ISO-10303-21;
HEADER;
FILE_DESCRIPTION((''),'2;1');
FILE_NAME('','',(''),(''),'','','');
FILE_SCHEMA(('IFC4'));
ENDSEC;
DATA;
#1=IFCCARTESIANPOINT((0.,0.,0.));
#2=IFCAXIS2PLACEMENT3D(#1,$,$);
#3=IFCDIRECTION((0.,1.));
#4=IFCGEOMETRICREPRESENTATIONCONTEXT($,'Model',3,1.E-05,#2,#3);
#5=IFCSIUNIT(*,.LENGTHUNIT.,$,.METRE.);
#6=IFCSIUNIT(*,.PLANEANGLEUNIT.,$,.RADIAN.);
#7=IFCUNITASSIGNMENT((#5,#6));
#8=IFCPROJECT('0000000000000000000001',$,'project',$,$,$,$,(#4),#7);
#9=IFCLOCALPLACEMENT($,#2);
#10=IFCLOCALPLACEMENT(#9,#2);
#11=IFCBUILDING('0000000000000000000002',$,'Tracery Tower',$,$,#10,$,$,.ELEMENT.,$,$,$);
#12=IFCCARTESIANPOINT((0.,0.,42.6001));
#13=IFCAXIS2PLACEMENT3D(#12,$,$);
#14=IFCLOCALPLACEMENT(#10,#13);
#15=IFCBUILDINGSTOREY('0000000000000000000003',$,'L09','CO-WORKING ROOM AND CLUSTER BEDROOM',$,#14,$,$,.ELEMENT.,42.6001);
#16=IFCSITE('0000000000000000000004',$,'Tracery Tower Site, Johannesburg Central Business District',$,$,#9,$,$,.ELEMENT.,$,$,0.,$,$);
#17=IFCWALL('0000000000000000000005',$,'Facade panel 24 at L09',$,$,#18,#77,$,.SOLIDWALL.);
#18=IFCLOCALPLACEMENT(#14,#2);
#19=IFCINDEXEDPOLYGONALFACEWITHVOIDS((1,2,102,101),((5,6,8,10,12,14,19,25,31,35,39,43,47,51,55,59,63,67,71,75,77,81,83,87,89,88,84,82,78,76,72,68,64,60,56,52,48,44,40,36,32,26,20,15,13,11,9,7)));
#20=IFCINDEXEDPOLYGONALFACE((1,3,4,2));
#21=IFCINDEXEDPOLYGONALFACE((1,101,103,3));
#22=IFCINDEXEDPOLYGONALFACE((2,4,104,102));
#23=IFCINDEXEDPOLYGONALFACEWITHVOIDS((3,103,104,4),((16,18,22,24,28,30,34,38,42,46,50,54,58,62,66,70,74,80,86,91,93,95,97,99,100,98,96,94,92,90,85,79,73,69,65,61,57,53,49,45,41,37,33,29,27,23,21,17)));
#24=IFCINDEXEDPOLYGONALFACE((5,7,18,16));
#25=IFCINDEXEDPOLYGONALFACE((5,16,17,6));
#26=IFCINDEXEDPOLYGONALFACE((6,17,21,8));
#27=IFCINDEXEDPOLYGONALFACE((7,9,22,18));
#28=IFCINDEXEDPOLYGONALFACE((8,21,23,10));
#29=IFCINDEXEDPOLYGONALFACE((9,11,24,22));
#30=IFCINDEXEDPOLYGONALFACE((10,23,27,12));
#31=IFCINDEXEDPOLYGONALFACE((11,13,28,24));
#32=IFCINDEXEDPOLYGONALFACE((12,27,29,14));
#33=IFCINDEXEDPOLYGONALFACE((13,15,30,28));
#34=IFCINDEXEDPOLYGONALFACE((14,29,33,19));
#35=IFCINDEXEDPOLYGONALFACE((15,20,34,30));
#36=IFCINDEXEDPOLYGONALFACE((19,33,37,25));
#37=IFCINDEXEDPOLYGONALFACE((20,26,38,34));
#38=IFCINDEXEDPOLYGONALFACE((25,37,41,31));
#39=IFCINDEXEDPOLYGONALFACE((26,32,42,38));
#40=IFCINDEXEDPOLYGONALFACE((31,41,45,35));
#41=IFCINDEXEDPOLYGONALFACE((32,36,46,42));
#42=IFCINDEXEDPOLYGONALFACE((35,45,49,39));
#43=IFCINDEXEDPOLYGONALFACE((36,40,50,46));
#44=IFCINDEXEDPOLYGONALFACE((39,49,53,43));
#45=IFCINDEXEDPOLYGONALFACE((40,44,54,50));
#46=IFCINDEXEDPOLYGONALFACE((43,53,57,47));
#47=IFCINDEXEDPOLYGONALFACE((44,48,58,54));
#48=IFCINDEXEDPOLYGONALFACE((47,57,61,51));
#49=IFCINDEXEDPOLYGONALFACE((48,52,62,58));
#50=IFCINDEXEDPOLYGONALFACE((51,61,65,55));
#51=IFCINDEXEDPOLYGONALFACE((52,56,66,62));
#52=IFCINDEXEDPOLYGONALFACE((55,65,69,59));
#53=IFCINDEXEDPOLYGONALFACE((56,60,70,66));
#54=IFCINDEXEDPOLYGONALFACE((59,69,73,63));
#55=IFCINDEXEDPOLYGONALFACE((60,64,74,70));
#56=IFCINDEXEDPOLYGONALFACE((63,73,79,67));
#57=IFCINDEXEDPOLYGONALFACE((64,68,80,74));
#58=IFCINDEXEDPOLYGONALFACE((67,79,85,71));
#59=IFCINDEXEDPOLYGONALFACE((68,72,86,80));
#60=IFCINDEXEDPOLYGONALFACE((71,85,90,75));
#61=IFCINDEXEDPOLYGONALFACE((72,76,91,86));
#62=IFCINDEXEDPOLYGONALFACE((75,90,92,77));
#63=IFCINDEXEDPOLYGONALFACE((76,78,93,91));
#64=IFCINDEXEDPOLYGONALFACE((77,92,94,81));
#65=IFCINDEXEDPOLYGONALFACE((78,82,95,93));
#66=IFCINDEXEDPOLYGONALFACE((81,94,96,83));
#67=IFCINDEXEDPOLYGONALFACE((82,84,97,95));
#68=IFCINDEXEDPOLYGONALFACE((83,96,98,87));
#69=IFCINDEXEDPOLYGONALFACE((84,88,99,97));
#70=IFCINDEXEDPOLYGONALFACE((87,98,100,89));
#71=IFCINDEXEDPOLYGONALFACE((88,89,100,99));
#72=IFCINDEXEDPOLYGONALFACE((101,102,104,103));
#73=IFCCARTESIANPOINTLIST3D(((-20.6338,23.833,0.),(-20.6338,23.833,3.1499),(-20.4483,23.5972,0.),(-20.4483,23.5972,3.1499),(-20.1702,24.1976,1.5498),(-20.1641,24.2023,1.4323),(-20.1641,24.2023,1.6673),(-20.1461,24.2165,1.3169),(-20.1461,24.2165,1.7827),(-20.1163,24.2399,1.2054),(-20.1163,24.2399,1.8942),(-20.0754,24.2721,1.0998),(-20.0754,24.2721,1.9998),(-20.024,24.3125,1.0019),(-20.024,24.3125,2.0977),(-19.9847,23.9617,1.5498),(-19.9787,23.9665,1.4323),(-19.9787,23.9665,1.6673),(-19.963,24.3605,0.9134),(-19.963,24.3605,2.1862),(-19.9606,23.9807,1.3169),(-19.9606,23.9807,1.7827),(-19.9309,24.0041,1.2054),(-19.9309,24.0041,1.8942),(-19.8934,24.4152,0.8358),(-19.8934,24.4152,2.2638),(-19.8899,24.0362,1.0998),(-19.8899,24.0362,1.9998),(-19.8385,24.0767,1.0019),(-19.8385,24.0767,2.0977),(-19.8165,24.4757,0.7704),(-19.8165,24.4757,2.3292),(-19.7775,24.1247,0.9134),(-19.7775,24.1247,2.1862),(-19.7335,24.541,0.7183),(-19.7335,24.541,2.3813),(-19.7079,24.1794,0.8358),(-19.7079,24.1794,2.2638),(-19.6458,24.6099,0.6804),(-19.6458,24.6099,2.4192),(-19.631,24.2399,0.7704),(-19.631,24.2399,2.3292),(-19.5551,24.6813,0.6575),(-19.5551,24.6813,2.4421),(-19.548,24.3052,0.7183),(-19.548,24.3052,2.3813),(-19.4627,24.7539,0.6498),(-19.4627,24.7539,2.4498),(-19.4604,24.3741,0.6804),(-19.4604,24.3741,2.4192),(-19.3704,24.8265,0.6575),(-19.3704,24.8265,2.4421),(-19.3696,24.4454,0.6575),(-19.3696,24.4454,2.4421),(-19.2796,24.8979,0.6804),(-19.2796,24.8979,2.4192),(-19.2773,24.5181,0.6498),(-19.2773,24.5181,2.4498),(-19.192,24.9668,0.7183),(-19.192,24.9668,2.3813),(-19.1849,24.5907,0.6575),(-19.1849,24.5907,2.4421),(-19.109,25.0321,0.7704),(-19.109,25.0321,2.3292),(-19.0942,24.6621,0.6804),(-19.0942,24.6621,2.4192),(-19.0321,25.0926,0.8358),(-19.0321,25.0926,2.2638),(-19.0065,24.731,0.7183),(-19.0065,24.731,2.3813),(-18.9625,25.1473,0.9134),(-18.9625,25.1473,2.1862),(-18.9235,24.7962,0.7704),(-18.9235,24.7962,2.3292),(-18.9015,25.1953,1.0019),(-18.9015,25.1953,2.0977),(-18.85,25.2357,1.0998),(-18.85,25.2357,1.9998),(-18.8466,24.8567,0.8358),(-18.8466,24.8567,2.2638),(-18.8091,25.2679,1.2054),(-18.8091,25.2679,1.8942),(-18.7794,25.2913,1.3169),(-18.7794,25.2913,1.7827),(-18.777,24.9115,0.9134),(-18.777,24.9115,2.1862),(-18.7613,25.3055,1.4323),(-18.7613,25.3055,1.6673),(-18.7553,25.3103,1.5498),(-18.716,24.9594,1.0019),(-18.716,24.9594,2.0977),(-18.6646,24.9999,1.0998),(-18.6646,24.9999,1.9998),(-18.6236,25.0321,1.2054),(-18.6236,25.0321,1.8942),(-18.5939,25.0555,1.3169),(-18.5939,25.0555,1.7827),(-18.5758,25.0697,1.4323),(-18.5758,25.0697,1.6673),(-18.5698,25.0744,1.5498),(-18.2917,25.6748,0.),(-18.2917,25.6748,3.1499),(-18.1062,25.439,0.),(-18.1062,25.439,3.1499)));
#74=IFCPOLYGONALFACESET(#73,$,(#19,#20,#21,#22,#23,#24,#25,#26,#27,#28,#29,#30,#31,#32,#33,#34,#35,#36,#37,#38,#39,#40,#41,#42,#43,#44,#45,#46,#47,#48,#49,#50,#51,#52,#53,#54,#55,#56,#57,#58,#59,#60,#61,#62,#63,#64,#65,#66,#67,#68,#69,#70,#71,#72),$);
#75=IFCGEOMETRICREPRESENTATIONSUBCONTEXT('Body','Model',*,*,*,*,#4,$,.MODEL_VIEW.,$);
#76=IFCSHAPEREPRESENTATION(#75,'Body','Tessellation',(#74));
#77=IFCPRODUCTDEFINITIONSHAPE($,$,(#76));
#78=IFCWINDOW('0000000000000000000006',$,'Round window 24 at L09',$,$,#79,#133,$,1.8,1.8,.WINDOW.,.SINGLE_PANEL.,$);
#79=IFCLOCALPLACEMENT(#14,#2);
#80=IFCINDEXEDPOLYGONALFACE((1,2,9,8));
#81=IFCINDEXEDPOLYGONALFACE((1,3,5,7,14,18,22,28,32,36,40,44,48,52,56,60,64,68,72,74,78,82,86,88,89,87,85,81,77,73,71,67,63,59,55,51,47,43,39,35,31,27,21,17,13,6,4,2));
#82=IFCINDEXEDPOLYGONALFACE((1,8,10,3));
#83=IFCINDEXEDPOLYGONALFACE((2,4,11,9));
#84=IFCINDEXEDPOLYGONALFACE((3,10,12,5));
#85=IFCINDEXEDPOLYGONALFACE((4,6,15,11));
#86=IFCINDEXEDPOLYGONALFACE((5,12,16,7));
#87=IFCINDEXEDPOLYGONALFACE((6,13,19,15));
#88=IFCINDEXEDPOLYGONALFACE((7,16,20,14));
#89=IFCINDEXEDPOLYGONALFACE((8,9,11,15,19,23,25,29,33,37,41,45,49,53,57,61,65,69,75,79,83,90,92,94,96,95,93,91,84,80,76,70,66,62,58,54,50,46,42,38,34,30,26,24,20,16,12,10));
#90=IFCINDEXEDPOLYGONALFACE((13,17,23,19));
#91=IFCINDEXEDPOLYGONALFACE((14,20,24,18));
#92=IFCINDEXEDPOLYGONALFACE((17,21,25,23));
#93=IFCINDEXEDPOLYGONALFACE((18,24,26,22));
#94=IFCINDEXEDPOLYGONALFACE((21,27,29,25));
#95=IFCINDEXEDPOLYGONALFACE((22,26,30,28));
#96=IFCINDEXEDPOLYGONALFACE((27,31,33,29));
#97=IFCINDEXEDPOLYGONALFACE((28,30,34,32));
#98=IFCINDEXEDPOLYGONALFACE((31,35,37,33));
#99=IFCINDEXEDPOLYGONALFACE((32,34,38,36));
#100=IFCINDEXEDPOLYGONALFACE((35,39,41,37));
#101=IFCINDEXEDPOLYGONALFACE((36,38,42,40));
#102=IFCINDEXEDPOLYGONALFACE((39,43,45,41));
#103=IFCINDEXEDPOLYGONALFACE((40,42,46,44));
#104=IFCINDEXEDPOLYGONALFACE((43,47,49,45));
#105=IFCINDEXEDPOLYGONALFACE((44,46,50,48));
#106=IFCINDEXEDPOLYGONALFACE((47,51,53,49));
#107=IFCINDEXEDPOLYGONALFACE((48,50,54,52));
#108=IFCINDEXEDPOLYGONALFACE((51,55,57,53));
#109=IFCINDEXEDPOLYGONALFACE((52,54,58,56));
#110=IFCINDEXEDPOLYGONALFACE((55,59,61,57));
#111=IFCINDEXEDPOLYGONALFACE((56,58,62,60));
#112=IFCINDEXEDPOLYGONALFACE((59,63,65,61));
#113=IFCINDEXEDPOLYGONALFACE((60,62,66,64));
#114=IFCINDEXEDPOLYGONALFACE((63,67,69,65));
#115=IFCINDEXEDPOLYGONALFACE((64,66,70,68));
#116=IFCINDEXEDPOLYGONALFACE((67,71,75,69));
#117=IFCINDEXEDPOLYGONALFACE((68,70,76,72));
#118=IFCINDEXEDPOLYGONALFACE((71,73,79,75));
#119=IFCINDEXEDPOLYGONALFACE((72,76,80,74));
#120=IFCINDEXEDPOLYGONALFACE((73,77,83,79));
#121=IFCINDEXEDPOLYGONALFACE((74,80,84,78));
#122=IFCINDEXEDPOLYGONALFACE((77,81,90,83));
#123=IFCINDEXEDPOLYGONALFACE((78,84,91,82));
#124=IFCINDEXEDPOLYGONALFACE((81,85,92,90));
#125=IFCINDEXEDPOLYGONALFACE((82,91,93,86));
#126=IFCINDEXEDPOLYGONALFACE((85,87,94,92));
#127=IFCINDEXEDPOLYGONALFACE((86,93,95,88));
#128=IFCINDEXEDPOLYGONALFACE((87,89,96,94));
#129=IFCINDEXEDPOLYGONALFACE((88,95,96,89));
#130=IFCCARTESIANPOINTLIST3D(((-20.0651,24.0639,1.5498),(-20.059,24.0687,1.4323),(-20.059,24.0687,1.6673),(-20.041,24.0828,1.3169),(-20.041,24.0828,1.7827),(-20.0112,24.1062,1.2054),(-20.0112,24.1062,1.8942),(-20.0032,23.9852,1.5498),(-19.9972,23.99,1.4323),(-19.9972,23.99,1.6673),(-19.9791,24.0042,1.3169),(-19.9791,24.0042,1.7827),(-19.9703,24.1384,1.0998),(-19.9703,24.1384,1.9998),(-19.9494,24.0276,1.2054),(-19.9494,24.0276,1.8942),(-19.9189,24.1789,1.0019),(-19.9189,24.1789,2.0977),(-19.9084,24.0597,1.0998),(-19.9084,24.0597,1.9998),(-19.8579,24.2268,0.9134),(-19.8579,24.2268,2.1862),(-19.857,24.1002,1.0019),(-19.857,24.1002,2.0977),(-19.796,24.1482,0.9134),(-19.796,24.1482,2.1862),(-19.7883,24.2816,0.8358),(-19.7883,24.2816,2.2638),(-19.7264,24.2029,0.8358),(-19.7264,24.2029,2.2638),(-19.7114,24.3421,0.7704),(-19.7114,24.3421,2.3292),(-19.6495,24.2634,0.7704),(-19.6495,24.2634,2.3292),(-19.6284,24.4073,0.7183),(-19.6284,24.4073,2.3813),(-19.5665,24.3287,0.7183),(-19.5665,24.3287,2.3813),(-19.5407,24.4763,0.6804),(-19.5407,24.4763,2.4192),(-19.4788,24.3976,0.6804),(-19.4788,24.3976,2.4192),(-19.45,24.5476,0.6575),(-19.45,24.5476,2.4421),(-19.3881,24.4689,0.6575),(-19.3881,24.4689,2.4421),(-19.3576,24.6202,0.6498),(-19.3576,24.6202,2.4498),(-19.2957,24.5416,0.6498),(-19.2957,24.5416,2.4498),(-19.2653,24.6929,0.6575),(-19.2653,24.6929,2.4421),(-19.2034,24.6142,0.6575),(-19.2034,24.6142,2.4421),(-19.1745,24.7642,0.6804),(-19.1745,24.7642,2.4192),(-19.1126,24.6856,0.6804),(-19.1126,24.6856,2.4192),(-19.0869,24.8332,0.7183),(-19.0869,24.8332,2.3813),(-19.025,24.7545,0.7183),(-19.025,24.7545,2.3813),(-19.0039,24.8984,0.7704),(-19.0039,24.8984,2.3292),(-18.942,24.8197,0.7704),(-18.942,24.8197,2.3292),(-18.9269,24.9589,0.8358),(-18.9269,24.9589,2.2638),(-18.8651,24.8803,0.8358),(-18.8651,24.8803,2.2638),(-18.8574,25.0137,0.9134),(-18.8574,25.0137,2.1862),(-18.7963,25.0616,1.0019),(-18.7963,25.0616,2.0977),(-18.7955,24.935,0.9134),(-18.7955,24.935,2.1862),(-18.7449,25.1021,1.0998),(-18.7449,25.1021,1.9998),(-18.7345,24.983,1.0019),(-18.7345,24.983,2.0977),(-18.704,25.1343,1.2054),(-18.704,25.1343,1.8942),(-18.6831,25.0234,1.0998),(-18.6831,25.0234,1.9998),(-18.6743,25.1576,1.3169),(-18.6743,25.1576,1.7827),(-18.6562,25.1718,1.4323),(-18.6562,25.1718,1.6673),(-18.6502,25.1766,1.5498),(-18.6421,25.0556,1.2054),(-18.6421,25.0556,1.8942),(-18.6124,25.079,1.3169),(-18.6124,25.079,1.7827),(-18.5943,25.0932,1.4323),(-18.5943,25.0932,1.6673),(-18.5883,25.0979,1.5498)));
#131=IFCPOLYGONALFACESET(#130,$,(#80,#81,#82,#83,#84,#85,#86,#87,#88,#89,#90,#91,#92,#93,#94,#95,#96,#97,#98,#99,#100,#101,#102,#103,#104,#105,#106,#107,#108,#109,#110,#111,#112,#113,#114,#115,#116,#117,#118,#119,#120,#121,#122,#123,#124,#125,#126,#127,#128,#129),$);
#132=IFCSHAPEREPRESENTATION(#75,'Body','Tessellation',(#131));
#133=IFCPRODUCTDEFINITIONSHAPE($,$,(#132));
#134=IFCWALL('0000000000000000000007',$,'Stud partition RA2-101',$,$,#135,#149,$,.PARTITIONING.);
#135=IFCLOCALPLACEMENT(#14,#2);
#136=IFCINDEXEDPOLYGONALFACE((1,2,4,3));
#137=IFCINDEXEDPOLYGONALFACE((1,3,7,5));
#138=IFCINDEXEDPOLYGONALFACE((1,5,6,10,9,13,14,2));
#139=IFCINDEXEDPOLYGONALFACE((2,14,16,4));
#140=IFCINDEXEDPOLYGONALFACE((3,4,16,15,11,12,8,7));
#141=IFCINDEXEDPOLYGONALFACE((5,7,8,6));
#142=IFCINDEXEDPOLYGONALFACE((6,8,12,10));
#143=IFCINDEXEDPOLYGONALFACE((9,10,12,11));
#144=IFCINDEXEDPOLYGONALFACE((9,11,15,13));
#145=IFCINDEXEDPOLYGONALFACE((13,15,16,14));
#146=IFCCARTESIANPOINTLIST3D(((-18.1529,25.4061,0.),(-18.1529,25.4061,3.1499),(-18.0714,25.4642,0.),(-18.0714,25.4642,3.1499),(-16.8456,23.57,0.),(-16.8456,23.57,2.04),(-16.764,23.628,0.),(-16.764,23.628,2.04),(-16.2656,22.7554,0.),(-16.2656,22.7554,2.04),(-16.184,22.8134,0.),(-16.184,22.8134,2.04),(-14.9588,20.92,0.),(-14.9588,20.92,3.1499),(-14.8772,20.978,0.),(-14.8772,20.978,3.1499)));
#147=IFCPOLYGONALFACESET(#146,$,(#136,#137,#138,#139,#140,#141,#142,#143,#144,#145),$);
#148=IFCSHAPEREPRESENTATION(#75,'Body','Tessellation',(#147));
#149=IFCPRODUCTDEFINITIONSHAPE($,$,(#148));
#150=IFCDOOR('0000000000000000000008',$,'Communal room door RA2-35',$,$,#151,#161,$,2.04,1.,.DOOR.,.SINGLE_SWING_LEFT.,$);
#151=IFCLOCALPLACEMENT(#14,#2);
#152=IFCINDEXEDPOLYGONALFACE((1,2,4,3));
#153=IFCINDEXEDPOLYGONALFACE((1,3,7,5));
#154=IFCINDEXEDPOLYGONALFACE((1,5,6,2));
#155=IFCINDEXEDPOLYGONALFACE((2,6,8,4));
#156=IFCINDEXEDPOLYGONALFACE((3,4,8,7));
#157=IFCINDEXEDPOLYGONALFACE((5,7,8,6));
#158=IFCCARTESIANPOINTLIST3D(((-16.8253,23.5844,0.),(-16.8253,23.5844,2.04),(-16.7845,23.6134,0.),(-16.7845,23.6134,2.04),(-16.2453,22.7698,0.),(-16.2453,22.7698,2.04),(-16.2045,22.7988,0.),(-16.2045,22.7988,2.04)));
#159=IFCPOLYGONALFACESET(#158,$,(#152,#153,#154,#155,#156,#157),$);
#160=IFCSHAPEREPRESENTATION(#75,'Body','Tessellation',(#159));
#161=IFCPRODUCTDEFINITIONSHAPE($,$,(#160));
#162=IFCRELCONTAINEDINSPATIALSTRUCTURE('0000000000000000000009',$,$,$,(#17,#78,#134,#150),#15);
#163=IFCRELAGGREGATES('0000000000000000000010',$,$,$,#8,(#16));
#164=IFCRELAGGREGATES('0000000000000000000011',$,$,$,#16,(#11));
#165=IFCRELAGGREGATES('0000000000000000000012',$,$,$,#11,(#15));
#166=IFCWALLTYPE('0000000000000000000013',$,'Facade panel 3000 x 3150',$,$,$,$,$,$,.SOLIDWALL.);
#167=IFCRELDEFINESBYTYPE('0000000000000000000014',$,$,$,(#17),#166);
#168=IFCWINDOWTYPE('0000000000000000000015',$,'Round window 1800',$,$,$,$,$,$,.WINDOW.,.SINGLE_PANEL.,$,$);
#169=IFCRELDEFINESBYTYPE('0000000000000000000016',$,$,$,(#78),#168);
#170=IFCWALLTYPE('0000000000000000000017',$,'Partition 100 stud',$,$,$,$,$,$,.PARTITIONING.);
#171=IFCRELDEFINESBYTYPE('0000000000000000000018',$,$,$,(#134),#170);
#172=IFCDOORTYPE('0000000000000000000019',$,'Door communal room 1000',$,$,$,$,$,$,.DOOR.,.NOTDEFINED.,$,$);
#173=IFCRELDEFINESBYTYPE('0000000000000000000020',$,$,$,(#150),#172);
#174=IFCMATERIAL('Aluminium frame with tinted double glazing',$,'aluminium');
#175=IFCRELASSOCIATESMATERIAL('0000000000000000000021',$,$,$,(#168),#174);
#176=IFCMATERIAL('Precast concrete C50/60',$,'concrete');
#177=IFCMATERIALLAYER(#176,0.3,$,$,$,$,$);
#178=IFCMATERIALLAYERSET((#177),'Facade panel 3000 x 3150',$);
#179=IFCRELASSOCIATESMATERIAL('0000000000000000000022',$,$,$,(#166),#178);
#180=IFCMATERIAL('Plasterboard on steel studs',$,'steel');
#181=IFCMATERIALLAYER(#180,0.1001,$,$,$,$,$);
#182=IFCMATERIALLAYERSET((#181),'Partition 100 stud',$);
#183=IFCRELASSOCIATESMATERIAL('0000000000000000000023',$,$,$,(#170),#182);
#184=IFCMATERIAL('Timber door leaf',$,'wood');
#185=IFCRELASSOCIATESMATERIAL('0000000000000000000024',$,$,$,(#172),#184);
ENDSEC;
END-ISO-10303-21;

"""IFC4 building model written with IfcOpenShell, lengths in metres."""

from ifc_helpers import new_model, si_unit, direction, frame, frame_2d, origin, origin_2d, place, context, subcontext, project, spatial, rectangle, circle, extrude, material, layer, layer_set, type_object, element, fill, save


model = new_model("IFC4")

# Units and contexts
model_context = context("Model", 3, precision=1e-05, world=origin(), true_north=direction((0.0, 1.0)))
body_context = subcontext(model_context, "Body", "Model", "MODEL_VIEW")
ifc_project = project(units=[si_unit("LENGTHUNIT", "METRE"), si_unit("PLANEANGLEUNIT", "RADIAN")], contexts=[model_context])

# Site, building, storey
site_placement = place(None, origin())
site = spatial("IfcSite", under=ifc_project, at=site_placement, Name="Tracery Tower Site, Johannesburg Central Business District", CompositionType="ELEMENT", RefElevation=0.0)
building_placement = place(site_placement, origin())
building = spatial("IfcBuilding", under=site, at=building_placement, Name="Tracery Tower", CompositionType="ELEMENT")
storey_placement = place(building_placement, frame((0.0, 0.0, 42.6001)))
storey = spatial("IfcBuildingStorey", under=building, at=storey_placement, Name="L09", Description="CO-WORKING ROOM AND CLUSTER BEDROOM", CompositionType="ELEMENT", Elevation=42.6001)

# Wall, opening, window
ifc_material_1 = material(Name="Aluminium frame with tinted double glazing", Category="aluminium")
window_type = type_object("IfcWindowType", Name="Round window 1800", PartitioningType="SINGLE_PANEL", PredefinedType="WINDOW", material=ifc_material_1)
ifc_material_2 = material(Name="Precast concrete C50/60", Category="concrete")
ifc_layer_1 = layer(ifc_material_2, 0.3)
ifc_layer_set_1 = layer_set([ifc_layer_1], Name="Facade panel 3000 x 3150")
wall_type_1 = type_object("IfcWallType", Name="Facade panel 3000 x 3150", PredefinedType="SOLIDWALL", material=ifc_layer_set_1)
wall_1_placement = place(storey_placement, frame((-18.199, 25.5569, 0.0), z_axis=(0.0, 0.0, 1.0), x_axis=(-0.786054, -0.618158, 0.0)))
wall_1 = element("IfcWall", 1, at=wall_1_placement, inside=storey, type_object=wall_type_1, Name="Facade panel 24 at L09", PredefinedType="SOLIDWALL", context=body_context, shape_type="SweptSolid", body=[
    extrude(rectangle(XDim=2.9795, YDim=0.3, at=frame_2d((1.4897, 0.0))), origin(), (0.0, 0.0, 1.0), 3.1499),
])
opening_1_placement = place(wall_1_placement, frame((1.4897, 0.0, 1.5498)))
opening_1 = element("IfcOpeningElement", 2, at=opening_1_placement, cuts=wall_1, PredefinedType="OPENING", context=body_context, shape_type="SweptSolid", body=[
    extrude(circle(Radius=0.9, at=origin_2d()), frame((0.0, 0.1599, 0.0), z_axis=(0.0, -1.0, 0.0), x_axis=(1.0, 0.0, 0.0)), (0.0, 0.0, 1.0), 0.3201),
])
window_1_placement = place(opening_1_placement, origin())
window_1 = element("IfcWindow", 3, at=window_1_placement, inside=storey, type_object=window_type, Name="Round window 24 at L09", OverallHeight=1.8, OverallWidth=1.8, PartitioningType="SINGLE_PANEL", PredefinedType="WINDOW", context=body_context, shape_type="SweptSolid", body=[
    extrude(circle(Radius=0.9, at=origin_2d()), frame((0.0, 0.1201, 0.0), z_axis=(0.0, -1.0, 0.0), x_axis=(1.0, 0.0, 0.0)), (0.0, 0.0, 1.0), 0.1001),
])
fill(opening_1, window_1)

# Wall, opening, door
ifc_material_3 = material(Name="Plasterboard on steel studs", Category="steel")
ifc_layer_2 = layer(ifc_material_3, 0.1001)
ifc_layer_set_2 = layer_set([ifc_layer_2], Name="Partition 100 stud")
wall_type_2 = type_object("IfcWallType", Name="Partition 100 stud", PredefinedType="PARTITIONING", material=ifc_layer_set_2)
wall_2_placement = place(storey_placement, frame((-18.1121, 25.4351, 0.0), z_axis=(0.0, 0.0, 1.0), x_axis=(0.580005, -0.814613, 0.0)))
wall_2 = element("IfcWall", 4, at=wall_2_placement, inside=storey, type_object=wall_type_2, Name="Stud partition RA2-101", PredefinedType="PARTITIONING", context=body_context, shape_type="SweptSolid", body=[
    extrude(rectangle(XDim=5.5071, YDim=0.1001, at=frame_2d((2.7534, 0.0))), origin(), (0.0, 0.0, 1.0), 3.1499),
])
opening_2_placement = place(wall_2_placement, frame((2.2539, 0.0, 0.0)))
opening_2 = element("IfcOpeningElement", 5, at=opening_2_placement, cuts=wall_2, PredefinedType="OPENING", context=body_context, shape_type="SweptSolid", body=[
    extrude(rectangle(XDim=1.0, YDim=2.04, at=frame_2d((0.5, 1.02))), frame((0.0, 0.05, 0.0), z_axis=(0.0, -1.0, 0.0), x_axis=(1.0, 0.0, 0.0)), (0.0, 0.0, 1.0), 0.1001),
])
ifc_material_4 = material(Name="Timber door leaf", Category="wood")
door_type_1 = type_object("IfcDoorType", Name="Door communal room 1000", OperationType="NOTDEFINED", PredefinedType="DOOR", material=ifc_material_4)
door_1_placement = place(opening_2_placement, origin())
door_1 = element("IfcDoor", 6, at=door_1_placement, inside=storey, type_object=door_type_1, Name="Communal room door RA2-35", OperationType="SINGLE_SWING_LEFT", OverallHeight=2.04, OverallWidth=1.0, PredefinedType="DOOR", context=body_context, shape_type="SweptSolid", body=[
    extrude(rectangle(XDim=1.0, YDim=2.04, at=frame_2d((0.5, 1.02))), frame((0.0, 0.0249, 0.0), z_axis=(0.0, -1.0, 0.0), x_axis=(1.0, 0.0, 0.0)), (0.0, 0.0, 1.0), 0.05),
])
fill(opening_2, door_1)

save(model, "model.ifc")
